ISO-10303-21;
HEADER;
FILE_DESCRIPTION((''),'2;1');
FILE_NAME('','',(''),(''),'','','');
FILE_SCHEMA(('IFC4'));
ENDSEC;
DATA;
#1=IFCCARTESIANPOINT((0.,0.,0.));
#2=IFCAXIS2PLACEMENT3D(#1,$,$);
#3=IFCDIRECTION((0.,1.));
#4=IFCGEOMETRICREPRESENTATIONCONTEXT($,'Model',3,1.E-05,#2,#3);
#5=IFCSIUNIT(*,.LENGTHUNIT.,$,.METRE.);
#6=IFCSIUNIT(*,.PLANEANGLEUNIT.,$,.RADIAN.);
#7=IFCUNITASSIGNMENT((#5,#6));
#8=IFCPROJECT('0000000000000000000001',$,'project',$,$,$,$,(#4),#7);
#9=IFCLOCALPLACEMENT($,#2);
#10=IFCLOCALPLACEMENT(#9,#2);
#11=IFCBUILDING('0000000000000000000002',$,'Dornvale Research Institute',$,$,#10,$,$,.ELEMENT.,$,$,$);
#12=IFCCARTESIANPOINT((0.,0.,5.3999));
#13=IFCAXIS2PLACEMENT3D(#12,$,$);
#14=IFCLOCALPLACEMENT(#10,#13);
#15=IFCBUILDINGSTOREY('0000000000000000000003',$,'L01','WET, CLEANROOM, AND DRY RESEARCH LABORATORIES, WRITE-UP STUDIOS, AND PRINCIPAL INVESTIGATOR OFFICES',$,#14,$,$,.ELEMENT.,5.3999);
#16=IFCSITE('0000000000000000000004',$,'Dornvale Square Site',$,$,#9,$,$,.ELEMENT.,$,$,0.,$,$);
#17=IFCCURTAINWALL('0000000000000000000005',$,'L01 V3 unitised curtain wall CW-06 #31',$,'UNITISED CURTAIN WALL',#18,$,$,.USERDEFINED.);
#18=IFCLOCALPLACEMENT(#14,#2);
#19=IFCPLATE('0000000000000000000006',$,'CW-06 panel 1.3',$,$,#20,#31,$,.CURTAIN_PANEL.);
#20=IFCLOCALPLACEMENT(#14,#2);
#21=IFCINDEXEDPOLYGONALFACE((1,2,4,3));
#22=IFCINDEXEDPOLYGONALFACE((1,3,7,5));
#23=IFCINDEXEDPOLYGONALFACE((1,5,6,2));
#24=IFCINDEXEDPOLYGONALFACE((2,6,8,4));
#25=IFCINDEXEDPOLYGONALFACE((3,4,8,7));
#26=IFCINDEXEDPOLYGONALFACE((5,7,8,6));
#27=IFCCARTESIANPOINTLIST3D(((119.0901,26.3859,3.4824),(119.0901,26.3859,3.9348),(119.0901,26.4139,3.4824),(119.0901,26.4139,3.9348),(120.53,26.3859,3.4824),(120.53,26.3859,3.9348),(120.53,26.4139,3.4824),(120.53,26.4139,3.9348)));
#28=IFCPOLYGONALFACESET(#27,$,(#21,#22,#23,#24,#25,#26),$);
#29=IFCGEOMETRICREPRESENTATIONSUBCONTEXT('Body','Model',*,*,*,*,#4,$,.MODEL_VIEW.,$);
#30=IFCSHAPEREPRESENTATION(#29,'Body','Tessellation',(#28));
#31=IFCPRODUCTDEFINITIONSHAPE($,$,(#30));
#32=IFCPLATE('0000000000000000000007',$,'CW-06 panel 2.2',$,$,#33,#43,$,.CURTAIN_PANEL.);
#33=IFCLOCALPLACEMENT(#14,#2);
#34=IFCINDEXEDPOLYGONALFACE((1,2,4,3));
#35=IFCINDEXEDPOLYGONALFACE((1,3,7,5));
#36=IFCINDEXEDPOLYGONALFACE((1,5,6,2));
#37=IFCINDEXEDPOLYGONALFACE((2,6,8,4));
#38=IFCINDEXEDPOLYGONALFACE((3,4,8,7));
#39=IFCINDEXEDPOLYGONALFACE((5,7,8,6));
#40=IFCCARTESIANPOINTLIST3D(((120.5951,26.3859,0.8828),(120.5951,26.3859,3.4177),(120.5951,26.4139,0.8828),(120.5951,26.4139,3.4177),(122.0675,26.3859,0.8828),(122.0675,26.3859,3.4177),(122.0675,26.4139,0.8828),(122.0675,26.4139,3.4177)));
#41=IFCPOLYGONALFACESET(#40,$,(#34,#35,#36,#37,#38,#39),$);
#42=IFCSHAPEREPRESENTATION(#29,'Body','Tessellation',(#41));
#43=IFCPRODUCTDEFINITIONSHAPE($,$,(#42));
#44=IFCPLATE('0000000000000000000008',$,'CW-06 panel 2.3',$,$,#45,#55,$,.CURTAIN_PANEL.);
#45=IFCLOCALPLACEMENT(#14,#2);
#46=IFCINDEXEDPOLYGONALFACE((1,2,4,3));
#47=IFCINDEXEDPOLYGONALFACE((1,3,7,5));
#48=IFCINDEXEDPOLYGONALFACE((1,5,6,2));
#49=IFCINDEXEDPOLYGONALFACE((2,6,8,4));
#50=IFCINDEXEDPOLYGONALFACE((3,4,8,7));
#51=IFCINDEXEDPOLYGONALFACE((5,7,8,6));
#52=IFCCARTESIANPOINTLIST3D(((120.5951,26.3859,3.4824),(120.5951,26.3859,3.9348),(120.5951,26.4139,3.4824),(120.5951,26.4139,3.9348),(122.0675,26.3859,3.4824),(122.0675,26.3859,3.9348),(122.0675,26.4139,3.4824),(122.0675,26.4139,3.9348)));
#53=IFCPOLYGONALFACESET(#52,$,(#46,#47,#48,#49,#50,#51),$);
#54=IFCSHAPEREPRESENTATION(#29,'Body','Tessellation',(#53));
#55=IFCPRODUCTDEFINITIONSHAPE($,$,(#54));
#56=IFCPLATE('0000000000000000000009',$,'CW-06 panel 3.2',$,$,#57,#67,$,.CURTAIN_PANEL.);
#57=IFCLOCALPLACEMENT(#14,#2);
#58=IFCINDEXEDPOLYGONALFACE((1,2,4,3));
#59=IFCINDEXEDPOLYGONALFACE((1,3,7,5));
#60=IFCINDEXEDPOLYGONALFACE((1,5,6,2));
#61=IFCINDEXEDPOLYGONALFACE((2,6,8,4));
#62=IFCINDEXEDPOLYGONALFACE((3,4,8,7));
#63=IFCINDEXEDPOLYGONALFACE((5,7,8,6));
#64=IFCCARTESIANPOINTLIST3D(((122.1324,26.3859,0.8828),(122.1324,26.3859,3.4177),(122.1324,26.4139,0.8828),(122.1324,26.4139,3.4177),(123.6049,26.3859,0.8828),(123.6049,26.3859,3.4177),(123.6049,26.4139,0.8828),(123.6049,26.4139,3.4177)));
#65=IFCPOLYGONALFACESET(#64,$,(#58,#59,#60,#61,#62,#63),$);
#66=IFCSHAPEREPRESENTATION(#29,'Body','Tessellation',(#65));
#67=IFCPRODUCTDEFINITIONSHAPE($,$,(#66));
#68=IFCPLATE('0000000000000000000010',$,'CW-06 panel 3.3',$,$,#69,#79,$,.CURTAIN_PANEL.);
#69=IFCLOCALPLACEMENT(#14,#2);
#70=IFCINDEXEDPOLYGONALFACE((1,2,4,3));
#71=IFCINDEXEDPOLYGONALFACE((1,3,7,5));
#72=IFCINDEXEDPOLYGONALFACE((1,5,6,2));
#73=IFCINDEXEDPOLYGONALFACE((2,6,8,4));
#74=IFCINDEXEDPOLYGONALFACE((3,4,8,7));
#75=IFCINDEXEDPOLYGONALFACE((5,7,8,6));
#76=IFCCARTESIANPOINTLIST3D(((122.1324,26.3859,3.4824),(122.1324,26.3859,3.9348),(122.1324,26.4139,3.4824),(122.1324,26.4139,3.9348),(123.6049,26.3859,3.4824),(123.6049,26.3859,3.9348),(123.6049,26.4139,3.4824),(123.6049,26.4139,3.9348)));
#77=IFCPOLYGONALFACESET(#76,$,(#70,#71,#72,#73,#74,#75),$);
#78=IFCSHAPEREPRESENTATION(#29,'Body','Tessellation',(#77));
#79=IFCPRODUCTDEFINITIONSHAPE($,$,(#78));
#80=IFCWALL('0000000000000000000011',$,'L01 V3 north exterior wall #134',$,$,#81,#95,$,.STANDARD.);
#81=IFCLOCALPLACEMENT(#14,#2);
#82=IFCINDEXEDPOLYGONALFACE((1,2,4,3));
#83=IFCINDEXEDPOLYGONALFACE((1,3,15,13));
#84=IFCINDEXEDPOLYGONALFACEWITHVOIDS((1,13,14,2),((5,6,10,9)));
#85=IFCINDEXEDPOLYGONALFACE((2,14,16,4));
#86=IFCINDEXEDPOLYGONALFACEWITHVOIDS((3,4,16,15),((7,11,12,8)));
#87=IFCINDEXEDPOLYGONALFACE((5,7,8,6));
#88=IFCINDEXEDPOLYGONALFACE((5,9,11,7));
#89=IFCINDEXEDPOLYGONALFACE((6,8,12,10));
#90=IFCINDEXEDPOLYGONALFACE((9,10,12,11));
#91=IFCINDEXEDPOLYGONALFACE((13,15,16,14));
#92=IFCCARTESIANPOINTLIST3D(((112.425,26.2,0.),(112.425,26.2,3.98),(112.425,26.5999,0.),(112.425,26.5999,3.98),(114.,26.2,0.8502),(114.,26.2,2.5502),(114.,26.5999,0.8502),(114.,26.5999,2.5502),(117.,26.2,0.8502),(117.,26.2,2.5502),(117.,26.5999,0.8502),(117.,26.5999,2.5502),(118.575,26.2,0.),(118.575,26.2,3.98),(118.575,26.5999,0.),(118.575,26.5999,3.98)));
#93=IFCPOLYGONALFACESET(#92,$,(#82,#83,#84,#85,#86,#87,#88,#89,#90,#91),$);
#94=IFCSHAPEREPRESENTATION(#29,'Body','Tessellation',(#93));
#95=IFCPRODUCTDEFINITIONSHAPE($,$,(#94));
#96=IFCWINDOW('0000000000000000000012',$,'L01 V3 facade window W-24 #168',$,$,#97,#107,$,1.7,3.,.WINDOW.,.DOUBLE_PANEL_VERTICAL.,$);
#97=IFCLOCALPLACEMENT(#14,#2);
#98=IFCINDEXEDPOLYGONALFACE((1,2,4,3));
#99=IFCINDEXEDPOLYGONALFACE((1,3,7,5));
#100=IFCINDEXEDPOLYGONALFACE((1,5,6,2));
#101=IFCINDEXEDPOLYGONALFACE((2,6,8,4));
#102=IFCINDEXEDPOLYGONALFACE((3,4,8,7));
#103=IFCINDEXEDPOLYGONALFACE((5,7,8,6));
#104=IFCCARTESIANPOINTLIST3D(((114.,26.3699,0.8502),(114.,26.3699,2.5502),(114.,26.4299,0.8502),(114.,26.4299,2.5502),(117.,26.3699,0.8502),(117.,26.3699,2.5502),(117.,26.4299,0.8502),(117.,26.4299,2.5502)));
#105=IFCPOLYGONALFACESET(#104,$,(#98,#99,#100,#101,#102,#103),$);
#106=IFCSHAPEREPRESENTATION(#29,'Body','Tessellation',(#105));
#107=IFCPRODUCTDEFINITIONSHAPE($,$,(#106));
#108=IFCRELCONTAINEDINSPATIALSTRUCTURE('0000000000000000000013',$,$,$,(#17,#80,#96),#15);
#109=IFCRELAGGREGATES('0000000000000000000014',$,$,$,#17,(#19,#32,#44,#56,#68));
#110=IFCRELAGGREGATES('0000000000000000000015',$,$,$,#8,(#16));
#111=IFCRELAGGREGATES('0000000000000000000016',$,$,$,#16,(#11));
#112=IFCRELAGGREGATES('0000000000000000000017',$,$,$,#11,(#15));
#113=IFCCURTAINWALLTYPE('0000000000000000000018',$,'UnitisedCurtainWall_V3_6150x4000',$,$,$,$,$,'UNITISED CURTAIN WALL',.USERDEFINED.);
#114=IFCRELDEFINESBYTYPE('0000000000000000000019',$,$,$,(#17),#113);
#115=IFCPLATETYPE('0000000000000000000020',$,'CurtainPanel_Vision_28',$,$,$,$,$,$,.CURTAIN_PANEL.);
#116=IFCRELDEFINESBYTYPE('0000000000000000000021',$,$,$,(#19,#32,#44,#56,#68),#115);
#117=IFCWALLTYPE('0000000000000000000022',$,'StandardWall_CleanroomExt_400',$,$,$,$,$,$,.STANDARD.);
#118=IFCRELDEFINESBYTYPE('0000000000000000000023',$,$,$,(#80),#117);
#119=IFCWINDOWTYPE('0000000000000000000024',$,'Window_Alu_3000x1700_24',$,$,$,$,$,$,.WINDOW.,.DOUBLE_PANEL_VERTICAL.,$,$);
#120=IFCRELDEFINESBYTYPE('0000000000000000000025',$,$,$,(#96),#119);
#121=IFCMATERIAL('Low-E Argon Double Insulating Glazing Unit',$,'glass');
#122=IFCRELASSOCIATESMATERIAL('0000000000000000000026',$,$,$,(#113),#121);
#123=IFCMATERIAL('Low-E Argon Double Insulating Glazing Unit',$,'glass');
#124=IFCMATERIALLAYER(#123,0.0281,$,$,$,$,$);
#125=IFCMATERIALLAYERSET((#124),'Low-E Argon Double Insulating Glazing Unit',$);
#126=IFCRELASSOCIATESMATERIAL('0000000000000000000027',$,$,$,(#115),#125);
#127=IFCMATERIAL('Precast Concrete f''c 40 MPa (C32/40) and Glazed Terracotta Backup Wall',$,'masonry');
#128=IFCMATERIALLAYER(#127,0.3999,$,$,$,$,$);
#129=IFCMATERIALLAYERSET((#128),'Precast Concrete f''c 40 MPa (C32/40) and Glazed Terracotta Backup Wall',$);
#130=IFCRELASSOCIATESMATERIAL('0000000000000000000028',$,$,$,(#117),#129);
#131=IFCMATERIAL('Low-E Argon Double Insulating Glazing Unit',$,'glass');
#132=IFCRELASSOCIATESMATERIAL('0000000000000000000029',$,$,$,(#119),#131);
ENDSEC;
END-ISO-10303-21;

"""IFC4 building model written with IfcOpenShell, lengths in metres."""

from ifc_helpers import new_model, si_unit, direction, frame, frame_2d, origin, origin_2d, place, context, subcontext, project, spatial, rectangle, extrude, material, layer, layer_set, type_object, element, fill, aggregate, save


model = new_model("IFC4")

# Units and contexts
model_context = context("Model", 3, precision=1e-05, world=origin(), true_north=direction((0.0, 1.0)))
body_context = subcontext(model_context, "Body", "Model", "MODEL_VIEW")
ifc_project = project(units=[si_unit("LENGTHUNIT", "METRE"), si_unit("PLANEANGLEUNIT", "RADIAN")], contexts=[model_context])

# Site, building, storey
site_placement = place(None, origin())
site = spatial("IfcSite", under=ifc_project, at=site_placement, Name="Dornvale Square Site", CompositionType="ELEMENT", RefElevation=0.0)
building_placement = place(site_placement, origin())
building = spatial("IfcBuilding", under=site, at=building_placement, Name="Dornvale Research Institute", CompositionType="ELEMENT")
storey_placement = place(building_placement, frame((0.0, 0.0, 5.3999)))
storey = spatial("IfcBuildingStorey", under=building, at=storey_placement, Name="L01", Description="WET, CLEANROOM, AND DRY RESEARCH LABORATORIES, WRITE-UP STUDIOS, AND PRINCIPAL INVESTIGATOR OFFICES", CompositionType="ELEMENT", Elevation=5.3999)

# Shared definitions
ifc_material_1 = material(Name="Low-E Argon Double Insulating Glazing Unit", Category="glass")
curtain_wall_type = type_object("IfcCurtainWallType", Name="UnitisedCurtainWall_V3_6150x4000", ElementType="UNITISED CURTAIN WALL", PredefinedType="USERDEFINED", material=ifc_material_1)

# Curtain wall
curtain_wall_1_placement = place(storey_placement, origin())
curtain_wall_1 = element("IfcCurtainWall", 1, at=curtain_wall_1_placement, inside=storey, type_object=curtain_wall_type, Name="L01 V3 unitised curtain wall CW-06 #31", ObjectType="UNITISED CURTAIN WALL", PredefinedType="USERDEFINED")

# Plates
ifc_material_2 = material(Name="Low-E Argon Double Insulating Glazing Unit", Category="glass")
ifc_layer_1 = layer(ifc_material_2, 0.0281)
ifc_layer_set_1 = layer_set([ifc_layer_1], Name="Low-E Argon Double Insulating Glazing Unit")
plate_type_1 = type_object("IfcPlateType", Name="CurtainPanel_Vision_28", PredefinedType="CURTAIN_PANEL", material=ifc_layer_set_1)
plate_1_placement = place(storey_placement, frame((119.8101, 26.3999, 3.4824), z_axis=(0.0, 0.0, 1.0), x_axis=(1.0, 0.0, 0.0)))
plate_1 = element("IfcPlate", 2, at=plate_1_placement, type_object=plate_type_1, Name="CW-06 panel 1.3", PredefinedType="CURTAIN_PANEL", context=body_context, shape_type="SweptSolid", body=[
    extrude(rectangle(XDim=1.4399, YDim=0.0281, at=origin_2d()), origin(), (0.0, 0.0, 1.0), 0.4524),
])
plate_2_placement = place(storey_placement, frame((121.3313, 26.3999, 0.8828), z_axis=(0.0, 0.0, 1.0), x_axis=(1.0, 0.0, 0.0)))
plate_2 = element("IfcPlate", 3, at=plate_2_placement, type_object=plate_type_1, Name="CW-06 panel 2.2", PredefinedType="CURTAIN_PANEL", context=body_context, shape_type="SweptSolid", body=[
    extrude(rectangle(XDim=1.4724, YDim=0.0281, at=origin_2d()), origin(), (0.0, 0.0, 1.0), 2.5349),
])
plate_3_placement = place(storey_placement, frame((121.3313, 26.3999, 3.4824), z_axis=(0.0, 0.0, 1.0), x_axis=(1.0, 0.0, 0.0)))
plate_3 = element("IfcPlate", 4, at=plate_3_placement, type_object=plate_type_1, Name="CW-06 panel 2.3", PredefinedType="CURTAIN_PANEL", context=body_context, shape_type="SweptSolid", body=[
    extrude(rectangle(XDim=1.4724, YDim=0.0281, at=origin_2d()), origin(), (0.0, 0.0, 1.0), 0.4524),
])
plate_4_placement = place(storey_placement, frame((122.8687, 26.3999, 0.8828), z_axis=(0.0, 0.0, 1.0), x_axis=(1.0, 0.0, 0.0)))
plate_4 = element("IfcPlate", 5, at=plate_4_placement, type_object=plate_type_1, Name="CW-06 panel 3.2", PredefinedType="CURTAIN_PANEL", context=body_context, shape_type="SweptSolid", body=[
    extrude(rectangle(XDim=1.4724, YDim=0.0281, at=origin_2d()), origin(), (0.0, 0.0, 1.0), 2.5349),
])
plate_5_placement = place(storey_placement, frame((122.8687, 26.3999, 3.4824), z_axis=(0.0, 0.0, 1.0), x_axis=(1.0, 0.0, 0.0)))
plate_5 = element("IfcPlate", 6, at=plate_5_placement, type_object=plate_type_1, Name="CW-06 panel 3.3", PredefinedType="CURTAIN_PANEL", context=body_context, shape_type="SweptSolid", body=[
    extrude(rectangle(XDim=1.4724, YDim=0.0281, at=origin_2d()), origin(), (0.0, 0.0, 1.0), 0.4524),
])
aggregate(curtain_wall_1, [plate_1, plate_2, plate_3, plate_4, plate_5])

# Wall, opening, window
ifc_material_3 = material(Name="Precast Concrete f'c 40 MPa (C32/40) and Glazed Terracotta Backup Wall", Category="masonry")
ifc_layer_2 = layer(ifc_material_3, 0.3999)
ifc_layer_set_2 = layer_set([ifc_layer_2], Name="Precast Concrete f'c 40 MPa (C32/40) and Glazed Terracotta Backup Wall")
wall_type = type_object("IfcWallType", Name="StandardWall_CleanroomExt_400", PredefinedType="STANDARD", material=ifc_layer_set_2)
wall_placement = place(storey_placement, frame((112.425, 26.3999, 0.0), z_axis=(0.0, 0.0, 1.0), x_axis=(1.0, 0.0, 0.0)))
wall = element("IfcWall", 7, at=wall_placement, inside=storey, type_object=wall_type, Name="L01 V3 north exterior wall #134", PredefinedType="STANDARD", context=body_context, shape_type="SweptSolid", body=[
    extrude(rectangle(XDim=6.1499, YDim=0.3999, at=frame_2d((3.075, 0.0))), origin(), (0.0, 0.0, 1.0), 3.98),
])
opening_placement = place(wall_placement, frame((1.575, 0.0, 0.8501)))
opening = element("IfcOpeningElement", 8, at=opening_placement, cuts=wall, PredefinedType="OPENING", context=body_context, shape_type="SweptSolid", body=[
    extrude(rectangle(XDim=3.0, YDim=1.7, at=frame_2d((1.5, 0.8501))), frame((0.0, 0.2148, 0.0), z_axis=(0.0, -1.0, 0.0), x_axis=(1.0, 0.0, 0.0)), (0.0, 0.0, 1.0), 0.4299),
])
ifc_material_4 = material(Name="Low-E Argon Double Insulating Glazing Unit", Category="glass")
window_type = type_object("IfcWindowType", Name="Window_Alu_3000x1700_24", PartitioningType="DOUBLE_PANEL_VERTICAL", PredefinedType="WINDOW", material=ifc_material_4)
window_placement = place(opening_placement, origin())
window = element("IfcWindow", 9, at=window_placement, inside=storey, type_object=window_type, Name="L01 V3 facade window W-24 #168", OverallHeight=1.7, OverallWidth=3.0, PartitioningType="DOUBLE_PANEL_VERTICAL", PredefinedType="WINDOW", context=body_context, shape_type="SweptSolid", body=[
    extrude(rectangle(XDim=3.0, YDim=1.7, at=frame_2d((1.5, 0.8501))), frame((0.0, 0.03, 0.0), z_axis=(0.0, -1.0, 0.0), x_axis=(1.0, 0.0, 0.0)), (0.0, 0.0, 1.0), 0.0601),
])
fill(opening, window)

save(model, "model.ifc")
